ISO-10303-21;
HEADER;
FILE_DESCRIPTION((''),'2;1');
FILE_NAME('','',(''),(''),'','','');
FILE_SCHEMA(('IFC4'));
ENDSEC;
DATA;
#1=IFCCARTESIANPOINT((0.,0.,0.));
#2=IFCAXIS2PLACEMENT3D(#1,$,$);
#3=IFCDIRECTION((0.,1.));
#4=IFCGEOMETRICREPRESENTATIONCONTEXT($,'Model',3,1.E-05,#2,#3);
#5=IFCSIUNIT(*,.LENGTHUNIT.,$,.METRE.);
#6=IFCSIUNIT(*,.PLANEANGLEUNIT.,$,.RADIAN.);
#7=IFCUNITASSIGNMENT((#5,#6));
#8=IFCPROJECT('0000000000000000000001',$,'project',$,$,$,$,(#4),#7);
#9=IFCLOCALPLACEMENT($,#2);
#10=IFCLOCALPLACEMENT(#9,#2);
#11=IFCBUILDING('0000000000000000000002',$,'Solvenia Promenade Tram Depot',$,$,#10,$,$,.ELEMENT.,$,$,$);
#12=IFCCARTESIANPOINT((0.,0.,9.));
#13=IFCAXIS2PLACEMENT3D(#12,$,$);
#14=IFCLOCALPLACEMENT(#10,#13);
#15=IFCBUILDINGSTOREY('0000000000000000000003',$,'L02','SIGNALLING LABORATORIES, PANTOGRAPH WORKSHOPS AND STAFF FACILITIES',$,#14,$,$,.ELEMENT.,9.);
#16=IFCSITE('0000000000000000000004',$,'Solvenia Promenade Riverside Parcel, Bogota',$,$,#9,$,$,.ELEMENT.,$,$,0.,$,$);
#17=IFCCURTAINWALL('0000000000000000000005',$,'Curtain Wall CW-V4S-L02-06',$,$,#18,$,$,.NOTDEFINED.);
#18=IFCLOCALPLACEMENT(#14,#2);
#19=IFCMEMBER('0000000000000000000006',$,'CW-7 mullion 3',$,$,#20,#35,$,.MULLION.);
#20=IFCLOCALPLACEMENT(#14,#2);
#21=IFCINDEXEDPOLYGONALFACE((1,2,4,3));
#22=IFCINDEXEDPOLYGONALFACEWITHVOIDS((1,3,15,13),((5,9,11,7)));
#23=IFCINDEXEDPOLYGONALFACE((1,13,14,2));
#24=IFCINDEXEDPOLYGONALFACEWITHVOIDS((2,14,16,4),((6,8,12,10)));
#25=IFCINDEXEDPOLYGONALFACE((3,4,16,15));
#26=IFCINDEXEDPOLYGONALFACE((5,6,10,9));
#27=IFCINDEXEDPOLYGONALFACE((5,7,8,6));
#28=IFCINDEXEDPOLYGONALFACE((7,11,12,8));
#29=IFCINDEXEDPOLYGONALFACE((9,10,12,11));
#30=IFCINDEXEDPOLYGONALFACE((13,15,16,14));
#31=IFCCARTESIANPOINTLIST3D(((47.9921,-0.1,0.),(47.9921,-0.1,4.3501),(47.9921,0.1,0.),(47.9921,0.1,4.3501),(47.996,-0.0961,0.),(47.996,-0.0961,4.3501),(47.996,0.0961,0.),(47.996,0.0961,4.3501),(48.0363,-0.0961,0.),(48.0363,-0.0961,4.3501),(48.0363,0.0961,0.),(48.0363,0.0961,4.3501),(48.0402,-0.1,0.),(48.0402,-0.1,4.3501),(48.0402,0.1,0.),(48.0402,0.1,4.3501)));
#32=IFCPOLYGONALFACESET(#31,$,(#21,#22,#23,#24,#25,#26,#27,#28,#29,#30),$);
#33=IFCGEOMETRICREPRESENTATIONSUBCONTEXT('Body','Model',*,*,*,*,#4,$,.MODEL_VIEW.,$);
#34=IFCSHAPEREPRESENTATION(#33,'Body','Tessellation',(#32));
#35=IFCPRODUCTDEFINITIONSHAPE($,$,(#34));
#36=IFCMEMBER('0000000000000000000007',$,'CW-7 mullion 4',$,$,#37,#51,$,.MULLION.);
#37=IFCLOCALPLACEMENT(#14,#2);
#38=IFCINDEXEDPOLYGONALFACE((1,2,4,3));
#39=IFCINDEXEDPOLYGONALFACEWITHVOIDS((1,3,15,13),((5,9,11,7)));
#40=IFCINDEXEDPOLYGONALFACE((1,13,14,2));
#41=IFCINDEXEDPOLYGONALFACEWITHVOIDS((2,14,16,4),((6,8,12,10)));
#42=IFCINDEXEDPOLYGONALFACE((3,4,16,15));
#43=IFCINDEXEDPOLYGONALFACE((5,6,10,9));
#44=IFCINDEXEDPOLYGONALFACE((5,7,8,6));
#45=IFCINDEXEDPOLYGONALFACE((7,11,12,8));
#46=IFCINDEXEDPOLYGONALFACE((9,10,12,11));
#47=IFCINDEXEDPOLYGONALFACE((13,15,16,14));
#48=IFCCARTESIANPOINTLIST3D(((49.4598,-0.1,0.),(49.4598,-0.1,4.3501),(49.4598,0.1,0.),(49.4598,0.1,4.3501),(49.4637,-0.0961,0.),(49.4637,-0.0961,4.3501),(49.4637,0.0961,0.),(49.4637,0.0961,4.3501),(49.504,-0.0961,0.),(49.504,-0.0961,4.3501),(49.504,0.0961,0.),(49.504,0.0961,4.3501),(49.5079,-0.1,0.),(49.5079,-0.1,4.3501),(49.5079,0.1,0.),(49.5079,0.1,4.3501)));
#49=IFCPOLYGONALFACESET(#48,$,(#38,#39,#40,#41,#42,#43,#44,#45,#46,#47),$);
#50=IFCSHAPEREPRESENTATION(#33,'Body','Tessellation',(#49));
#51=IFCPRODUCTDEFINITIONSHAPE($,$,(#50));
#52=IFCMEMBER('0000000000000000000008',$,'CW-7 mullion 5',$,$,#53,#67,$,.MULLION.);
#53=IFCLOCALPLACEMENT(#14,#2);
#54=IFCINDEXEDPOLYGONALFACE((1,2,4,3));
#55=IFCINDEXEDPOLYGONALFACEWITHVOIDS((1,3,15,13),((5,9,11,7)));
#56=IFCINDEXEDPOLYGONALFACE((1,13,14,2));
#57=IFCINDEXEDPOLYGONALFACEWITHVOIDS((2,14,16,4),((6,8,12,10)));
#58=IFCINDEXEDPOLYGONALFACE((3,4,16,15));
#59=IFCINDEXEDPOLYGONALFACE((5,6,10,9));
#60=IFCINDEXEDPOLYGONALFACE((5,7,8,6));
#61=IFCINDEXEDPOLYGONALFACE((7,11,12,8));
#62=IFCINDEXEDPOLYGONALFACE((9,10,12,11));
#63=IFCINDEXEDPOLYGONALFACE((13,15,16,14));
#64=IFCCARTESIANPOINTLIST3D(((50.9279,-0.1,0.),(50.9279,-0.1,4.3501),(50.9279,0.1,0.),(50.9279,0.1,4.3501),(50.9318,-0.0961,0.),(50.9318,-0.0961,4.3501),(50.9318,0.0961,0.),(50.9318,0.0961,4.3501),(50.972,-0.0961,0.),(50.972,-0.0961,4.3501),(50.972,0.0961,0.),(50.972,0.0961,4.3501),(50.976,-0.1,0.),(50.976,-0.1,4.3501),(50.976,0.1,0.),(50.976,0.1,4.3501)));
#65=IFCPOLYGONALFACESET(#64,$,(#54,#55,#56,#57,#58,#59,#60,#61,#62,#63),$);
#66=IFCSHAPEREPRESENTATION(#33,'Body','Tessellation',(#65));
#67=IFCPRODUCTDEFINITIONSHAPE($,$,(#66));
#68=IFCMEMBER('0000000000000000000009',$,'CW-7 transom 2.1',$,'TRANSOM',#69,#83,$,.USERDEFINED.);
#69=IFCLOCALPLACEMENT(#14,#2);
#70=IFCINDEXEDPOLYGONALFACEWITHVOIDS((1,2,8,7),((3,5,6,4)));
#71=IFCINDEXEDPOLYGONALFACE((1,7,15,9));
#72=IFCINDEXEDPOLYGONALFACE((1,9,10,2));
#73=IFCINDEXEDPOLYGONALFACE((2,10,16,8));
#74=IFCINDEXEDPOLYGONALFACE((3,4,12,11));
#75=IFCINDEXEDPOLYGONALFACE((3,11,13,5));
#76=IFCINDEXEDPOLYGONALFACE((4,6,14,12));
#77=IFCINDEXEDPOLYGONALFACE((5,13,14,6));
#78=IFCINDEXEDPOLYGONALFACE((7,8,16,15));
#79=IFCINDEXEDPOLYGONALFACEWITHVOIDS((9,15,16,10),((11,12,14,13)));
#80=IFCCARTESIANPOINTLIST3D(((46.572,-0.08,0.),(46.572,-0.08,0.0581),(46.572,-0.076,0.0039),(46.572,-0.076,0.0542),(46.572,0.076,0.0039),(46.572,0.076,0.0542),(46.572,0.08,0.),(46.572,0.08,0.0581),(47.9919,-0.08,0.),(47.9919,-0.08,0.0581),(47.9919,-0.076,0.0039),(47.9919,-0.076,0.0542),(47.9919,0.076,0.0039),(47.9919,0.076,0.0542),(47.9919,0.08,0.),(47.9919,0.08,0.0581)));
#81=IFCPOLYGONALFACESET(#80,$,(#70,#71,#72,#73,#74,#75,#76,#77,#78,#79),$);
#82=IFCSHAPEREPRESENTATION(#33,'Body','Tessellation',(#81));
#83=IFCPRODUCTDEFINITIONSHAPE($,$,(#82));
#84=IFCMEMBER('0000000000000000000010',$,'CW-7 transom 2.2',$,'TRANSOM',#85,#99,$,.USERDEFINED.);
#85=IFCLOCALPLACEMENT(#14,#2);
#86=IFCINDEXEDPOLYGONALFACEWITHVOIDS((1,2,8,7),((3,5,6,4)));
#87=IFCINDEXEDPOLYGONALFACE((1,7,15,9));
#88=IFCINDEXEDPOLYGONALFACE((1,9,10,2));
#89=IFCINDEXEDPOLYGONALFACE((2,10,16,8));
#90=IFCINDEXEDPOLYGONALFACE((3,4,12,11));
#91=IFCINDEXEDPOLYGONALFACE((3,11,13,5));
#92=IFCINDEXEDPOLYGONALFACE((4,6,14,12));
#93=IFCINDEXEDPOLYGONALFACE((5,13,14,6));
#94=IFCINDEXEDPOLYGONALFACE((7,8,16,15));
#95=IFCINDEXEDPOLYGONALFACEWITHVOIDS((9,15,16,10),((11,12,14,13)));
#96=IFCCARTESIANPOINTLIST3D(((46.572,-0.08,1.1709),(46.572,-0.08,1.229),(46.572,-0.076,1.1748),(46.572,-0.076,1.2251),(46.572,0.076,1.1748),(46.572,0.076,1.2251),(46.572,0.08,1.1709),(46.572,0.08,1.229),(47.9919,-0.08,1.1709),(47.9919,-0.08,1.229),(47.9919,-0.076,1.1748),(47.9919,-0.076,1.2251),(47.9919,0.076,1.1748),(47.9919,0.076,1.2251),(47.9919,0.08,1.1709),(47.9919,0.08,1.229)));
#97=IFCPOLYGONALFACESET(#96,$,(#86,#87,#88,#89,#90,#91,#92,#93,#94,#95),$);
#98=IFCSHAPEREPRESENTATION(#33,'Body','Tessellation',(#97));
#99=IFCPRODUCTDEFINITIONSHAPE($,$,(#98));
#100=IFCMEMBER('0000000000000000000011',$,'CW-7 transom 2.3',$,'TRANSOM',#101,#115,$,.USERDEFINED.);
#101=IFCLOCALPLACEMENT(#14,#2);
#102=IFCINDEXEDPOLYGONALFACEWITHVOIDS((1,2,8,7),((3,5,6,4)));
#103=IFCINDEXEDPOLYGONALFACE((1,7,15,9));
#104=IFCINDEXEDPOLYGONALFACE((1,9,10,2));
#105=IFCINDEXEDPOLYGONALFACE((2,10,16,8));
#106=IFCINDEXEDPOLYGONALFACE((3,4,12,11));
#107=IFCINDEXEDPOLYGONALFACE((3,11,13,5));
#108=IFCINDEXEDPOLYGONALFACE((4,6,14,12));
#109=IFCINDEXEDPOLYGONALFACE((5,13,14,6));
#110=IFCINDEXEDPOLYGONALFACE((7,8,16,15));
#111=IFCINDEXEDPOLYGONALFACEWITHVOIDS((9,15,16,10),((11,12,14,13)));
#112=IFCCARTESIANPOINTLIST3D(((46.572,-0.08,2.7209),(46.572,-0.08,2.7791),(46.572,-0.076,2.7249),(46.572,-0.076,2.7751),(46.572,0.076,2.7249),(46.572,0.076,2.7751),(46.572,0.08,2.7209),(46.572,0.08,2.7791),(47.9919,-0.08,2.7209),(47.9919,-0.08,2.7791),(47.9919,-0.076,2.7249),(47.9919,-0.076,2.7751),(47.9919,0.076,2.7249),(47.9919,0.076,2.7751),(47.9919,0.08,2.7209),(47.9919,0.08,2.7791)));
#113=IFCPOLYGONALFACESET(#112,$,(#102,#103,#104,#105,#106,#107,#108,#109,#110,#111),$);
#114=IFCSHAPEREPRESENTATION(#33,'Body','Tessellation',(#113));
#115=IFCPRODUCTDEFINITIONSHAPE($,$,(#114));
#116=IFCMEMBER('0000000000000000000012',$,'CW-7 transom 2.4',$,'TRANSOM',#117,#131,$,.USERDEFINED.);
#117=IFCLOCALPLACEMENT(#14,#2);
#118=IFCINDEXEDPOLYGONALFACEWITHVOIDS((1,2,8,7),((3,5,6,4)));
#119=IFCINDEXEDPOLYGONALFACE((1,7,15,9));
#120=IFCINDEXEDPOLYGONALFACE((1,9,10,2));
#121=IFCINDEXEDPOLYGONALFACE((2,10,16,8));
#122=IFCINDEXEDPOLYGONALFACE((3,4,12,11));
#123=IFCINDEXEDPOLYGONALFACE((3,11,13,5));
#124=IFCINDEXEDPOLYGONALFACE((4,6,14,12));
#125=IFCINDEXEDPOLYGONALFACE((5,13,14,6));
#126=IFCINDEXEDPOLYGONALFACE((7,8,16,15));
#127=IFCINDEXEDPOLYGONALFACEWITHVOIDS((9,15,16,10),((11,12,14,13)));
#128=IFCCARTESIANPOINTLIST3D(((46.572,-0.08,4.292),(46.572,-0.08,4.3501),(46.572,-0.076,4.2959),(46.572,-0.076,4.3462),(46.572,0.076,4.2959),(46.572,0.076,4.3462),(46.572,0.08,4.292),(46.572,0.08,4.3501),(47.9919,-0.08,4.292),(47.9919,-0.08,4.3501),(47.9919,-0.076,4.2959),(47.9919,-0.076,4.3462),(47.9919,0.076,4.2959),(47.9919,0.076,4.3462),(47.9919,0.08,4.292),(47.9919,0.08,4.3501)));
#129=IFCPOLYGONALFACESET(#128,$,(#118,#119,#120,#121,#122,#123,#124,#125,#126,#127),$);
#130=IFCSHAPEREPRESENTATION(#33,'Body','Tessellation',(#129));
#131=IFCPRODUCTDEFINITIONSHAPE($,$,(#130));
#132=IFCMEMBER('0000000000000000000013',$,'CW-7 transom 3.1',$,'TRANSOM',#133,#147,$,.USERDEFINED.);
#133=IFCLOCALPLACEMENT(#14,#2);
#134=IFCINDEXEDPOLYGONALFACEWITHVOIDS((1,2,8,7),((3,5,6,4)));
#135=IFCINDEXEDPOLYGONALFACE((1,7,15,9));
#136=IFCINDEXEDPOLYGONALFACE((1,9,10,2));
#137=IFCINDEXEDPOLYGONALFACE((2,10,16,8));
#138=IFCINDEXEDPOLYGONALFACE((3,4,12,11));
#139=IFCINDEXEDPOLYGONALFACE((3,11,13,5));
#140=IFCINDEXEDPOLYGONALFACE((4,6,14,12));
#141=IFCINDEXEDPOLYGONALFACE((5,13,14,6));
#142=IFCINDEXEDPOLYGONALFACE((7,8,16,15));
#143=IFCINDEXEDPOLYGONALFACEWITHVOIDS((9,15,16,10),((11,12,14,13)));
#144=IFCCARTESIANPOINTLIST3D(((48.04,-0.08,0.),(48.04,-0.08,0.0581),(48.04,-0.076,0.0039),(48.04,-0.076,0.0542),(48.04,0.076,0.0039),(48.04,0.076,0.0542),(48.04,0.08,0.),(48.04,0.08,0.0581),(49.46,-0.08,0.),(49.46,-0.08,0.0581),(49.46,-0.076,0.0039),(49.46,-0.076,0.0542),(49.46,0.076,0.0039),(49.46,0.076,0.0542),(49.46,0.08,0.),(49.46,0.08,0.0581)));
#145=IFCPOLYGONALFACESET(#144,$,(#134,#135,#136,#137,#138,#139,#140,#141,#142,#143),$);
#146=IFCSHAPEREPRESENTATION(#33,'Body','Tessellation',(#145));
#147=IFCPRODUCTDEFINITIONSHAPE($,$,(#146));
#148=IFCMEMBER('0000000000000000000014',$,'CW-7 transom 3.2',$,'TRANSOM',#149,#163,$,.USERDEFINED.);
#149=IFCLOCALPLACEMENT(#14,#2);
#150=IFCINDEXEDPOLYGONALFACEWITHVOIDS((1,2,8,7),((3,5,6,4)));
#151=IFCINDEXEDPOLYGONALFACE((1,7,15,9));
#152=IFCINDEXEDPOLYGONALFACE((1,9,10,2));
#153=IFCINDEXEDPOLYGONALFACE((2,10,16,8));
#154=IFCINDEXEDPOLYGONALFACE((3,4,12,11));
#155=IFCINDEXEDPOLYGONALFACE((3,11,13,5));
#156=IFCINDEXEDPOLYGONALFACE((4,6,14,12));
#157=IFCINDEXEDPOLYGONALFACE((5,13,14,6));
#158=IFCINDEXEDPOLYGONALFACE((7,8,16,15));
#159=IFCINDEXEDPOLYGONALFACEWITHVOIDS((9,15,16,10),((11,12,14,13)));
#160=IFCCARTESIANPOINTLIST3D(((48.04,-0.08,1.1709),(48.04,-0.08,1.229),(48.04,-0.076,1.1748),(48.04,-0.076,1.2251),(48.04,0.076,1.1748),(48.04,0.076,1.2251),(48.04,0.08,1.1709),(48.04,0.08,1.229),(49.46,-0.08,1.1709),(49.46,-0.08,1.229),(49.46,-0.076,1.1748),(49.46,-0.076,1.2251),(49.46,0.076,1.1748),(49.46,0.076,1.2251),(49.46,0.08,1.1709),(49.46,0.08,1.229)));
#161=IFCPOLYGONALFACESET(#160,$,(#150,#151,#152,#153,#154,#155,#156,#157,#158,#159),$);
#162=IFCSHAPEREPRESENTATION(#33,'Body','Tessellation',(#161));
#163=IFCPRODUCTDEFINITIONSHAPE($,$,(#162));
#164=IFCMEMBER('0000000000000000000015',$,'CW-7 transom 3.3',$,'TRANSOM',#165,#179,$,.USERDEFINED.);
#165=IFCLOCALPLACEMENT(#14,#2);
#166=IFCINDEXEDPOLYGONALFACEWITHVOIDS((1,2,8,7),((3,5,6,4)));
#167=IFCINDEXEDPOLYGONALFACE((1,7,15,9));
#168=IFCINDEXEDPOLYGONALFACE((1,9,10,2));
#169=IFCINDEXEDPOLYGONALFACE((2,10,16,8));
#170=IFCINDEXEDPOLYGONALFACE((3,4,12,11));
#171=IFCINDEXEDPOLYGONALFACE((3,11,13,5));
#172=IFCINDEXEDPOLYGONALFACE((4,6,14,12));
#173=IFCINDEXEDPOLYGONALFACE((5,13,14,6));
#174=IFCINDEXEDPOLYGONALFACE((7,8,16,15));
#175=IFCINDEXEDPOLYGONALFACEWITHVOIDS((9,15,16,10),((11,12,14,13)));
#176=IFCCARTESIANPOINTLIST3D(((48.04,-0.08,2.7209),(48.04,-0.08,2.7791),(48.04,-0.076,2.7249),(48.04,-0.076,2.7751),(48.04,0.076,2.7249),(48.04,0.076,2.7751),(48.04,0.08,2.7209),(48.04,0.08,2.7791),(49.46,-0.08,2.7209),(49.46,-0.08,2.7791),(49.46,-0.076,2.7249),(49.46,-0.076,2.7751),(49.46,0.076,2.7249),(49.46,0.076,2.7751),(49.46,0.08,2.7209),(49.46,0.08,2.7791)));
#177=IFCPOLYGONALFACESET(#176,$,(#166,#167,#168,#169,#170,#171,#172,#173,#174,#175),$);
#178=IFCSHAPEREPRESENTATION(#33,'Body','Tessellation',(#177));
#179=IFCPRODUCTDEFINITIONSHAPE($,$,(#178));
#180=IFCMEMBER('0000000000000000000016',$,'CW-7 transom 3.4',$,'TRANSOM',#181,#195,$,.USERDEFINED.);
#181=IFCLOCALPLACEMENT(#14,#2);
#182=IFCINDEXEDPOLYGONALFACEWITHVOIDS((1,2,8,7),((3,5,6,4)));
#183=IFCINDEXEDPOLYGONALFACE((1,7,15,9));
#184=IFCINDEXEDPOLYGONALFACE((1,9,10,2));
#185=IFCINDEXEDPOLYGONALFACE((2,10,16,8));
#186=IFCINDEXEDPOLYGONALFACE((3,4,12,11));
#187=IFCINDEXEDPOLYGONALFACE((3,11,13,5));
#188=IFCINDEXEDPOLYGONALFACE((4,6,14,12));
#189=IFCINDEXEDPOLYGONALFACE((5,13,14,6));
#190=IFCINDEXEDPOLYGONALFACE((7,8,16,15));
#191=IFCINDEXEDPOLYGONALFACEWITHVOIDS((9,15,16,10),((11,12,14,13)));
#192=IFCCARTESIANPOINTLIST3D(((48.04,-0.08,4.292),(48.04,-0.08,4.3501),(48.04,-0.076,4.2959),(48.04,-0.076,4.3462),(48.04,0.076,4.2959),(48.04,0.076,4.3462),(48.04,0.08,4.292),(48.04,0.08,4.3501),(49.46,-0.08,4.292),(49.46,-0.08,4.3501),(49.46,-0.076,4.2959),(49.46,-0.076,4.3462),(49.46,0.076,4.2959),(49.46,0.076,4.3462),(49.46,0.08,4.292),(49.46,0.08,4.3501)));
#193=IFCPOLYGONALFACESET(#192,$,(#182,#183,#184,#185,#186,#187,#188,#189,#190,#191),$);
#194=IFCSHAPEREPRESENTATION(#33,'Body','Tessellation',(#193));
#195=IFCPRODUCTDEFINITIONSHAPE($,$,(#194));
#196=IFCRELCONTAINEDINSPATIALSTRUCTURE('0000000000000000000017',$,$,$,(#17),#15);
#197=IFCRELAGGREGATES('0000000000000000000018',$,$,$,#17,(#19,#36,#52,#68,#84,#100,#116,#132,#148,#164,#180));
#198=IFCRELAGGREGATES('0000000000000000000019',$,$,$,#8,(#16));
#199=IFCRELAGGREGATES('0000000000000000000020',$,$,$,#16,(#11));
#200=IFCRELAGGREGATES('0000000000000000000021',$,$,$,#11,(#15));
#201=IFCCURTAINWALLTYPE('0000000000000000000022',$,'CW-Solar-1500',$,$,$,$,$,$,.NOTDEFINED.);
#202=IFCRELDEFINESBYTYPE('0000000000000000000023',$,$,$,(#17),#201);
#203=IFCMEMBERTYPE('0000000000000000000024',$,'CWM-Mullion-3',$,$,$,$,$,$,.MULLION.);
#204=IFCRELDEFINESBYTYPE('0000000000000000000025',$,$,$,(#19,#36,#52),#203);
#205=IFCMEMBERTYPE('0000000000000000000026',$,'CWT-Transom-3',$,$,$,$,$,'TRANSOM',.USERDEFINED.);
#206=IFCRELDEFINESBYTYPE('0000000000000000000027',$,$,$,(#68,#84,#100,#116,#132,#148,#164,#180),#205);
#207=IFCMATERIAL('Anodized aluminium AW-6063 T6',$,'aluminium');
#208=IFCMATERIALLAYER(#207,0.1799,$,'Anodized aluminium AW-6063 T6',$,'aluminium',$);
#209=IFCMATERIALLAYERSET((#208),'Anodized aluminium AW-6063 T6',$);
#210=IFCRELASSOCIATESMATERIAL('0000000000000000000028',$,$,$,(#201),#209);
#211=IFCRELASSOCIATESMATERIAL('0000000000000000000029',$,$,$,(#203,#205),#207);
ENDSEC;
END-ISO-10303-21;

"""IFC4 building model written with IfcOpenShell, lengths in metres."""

from ifc_helpers import new_model, si_unit, direction, frame, origin, origin_2d, place, context, subcontext, project, spatial, hollow_rectangle, extrude, material, layer, layer_set, material_profile, profile_set, type_object, element, aggregate, save


model = new_model("IFC4")

# Units and contexts
model_context = context("Model", 3, precision=1e-05, world=origin(), true_north=direction((0.0, 1.0)))
body_context = subcontext(model_context, "Body", "Model", "MODEL_VIEW")
ifc_project = project(units=[si_unit("LENGTHUNIT", "METRE"), si_unit("PLANEANGLEUNIT", "RADIAN")], contexts=[model_context])

# Site, building, storey
site_placement = place(None, origin())
site = spatial("IfcSite", under=ifc_project, at=site_placement, Name="Solvenia Promenade Riverside Parcel, Bogota", CompositionType="ELEMENT", RefElevation=0.0)
building_placement = place(site_placement, origin())
building = spatial("IfcBuilding", under=site, at=building_placement, Name="Solvenia Promenade Tram Depot", CompositionType="ELEMENT")
storey_placement = place(building_placement, frame((0.0, 0.0, 9.0)))
storey = spatial("IfcBuildingStorey", under=building, at=storey_placement, Name="L02", Description="SIGNALLING LABORATORIES, PANTOGRAPH WORKSHOPS AND STAFF FACILITIES", CompositionType="ELEMENT", Elevation=9.0)

# Curtain wall, members
ifc_material_1 = material(Name="Anodized aluminium AW-6063 T6", Category="aluminium")
ifc_layer_1 = layer(ifc_material_1, 0.1799, Name="Anodized aluminium AW-6063 T6", Category="aluminium")
ifc_layer_set_1 = layer_set([ifc_layer_1], Name="Anodized aluminium AW-6063 T6")
curtain_wall_type = type_object("IfcCurtainWallType", Name="CW-Solar-1500", PredefinedType="NOTDEFINED", material=ifc_layer_set_1)
curtain_wall_placement = place(storey_placement, origin())
curtain_wall = element("IfcCurtainWall", 1, at=curtain_wall_placement, inside=storey, type_object=curtain_wall_type, Name="Curtain Wall CW-V4S-L02-06", PredefinedType="NOTDEFINED")
ifc_material_profile_1 = material_profile(ifc_material_1, hollow_rectangle(XDim=0.2, YDim=0.0481, WallThickness=0.0039, at=origin_2d()), Name="ALU-M3", Category="aluminium")
ifc_profile_set_1 = profile_set([ifc_material_profile_1], Name="Anodized aluminium AW-6063 T6")
member_type_1 = type_object("IfcMemberType", Name="CWM-Mullion-3", PredefinedType="MULLION", material=ifc_profile_set_1)
member_1_placement = place(storey_placement, frame((48.0161, 0.0, 0.0), z_axis=(0.0, 0.0, 1.0), x_axis=(0.0, 1.0, 0.0)))
member_1 = element("IfcMember", 2, at=member_1_placement, type_object=member_type_1, Name="CW-7 mullion 3", PredefinedType="MULLION", context=body_context, shape_type="SweptSolid", body=[
    extrude(hollow_rectangle(XDim=0.2, YDim=0.0481, WallThickness=0.0039, at=origin_2d()), origin(), (0.0, 0.0, 1.0), 4.3501),
])
member_2_placement = place(storey_placement, frame((49.4839, 0.0, 0.0), z_axis=(0.0, 0.0, 1.0), x_axis=(0.0, 1.0, 0.0)))
member_2 = element("IfcMember", 3, at=member_2_placement, type_object=member_type_1, Name="CW-7 mullion 4", PredefinedType="MULLION", context=body_context, shape_type="SweptSolid", body=[
    extrude(hollow_rectangle(XDim=0.2, YDim=0.0481, WallThickness=0.0039, at=origin_2d()), origin(), (0.0, 0.0, 1.0), 4.3501),
])
member_3_placement = place(storey_placement, frame((50.9519, 0.0, 0.0), z_axis=(0.0, 0.0, 1.0), x_axis=(0.0, 1.0, 0.0)))
member_3 = element("IfcMember", 4, at=member_3_placement, type_object=member_type_1, Name="CW-7 mullion 5", PredefinedType="MULLION", context=body_context, shape_type="SweptSolid", body=[
    extrude(hollow_rectangle(XDim=0.2, YDim=0.0481, WallThickness=0.0039, at=origin_2d()), origin(), (0.0, 0.0, 1.0), 4.3501),
])
ifc_material_profile_2 = material_profile(ifc_material_1, hollow_rectangle(XDim=0.1599, YDim=0.0581, WallThickness=0.0039, at=origin_2d()), Name="ALU-T3", Category="aluminium")
ifc_profile_set_2 = profile_set([ifc_material_profile_2], Name="Anodized aluminium AW-6063 T6")
member_type_2 = type_object("IfcMemberType", Name="CWT-Transom-3", ElementType="TRANSOM", PredefinedType="USERDEFINED", material=ifc_profile_set_2)
member_4_placement = place(storey_placement, frame((46.572, 0.0, 0.0291), z_axis=(1.0, 0.0, 0.0), x_axis=(0.0, 1.0, 0.0)))
member_4 = element("IfcMember", 5, at=member_4_placement, type_object=member_type_2, Name="CW-7 transom 2.1", ObjectType="TRANSOM", PredefinedType="USERDEFINED", context=body_context, shape_type="SweptSolid", body=[
    extrude(hollow_rectangle(XDim=0.1599, YDim=0.0581, WallThickness=0.0039, at=origin_2d()), origin(), (0.0, 0.0, 1.0), 1.4199),
])
member_5_placement = place(storey_placement, frame((46.572, 0.0, 1.2), z_axis=(1.0, 0.0, 0.0), x_axis=(0.0, 1.0, 0.0)))
member_5 = element("IfcMember", 6, at=member_5_placement, type_object=member_type_2, Name="CW-7 transom 2.2", ObjectType="TRANSOM", PredefinedType="USERDEFINED", context=body_context, shape_type="SweptSolid", body=[
    extrude(hollow_rectangle(XDim=0.1599, YDim=0.0581, WallThickness=0.0039, at=origin_2d()), origin(), (0.0, 0.0, 1.0), 1.4199),
])
member_6_placement = place(storey_placement, frame((46.572, 0.0, 2.75), z_axis=(1.0, 0.0, 0.0), x_axis=(0.0, 1.0, 0.0)))
member_6 = element("IfcMember", 7, at=member_6_placement, type_object=member_type_2, Name="CW-7 transom 2.3", ObjectType="TRANSOM", PredefinedType="USERDEFINED", context=body_context, shape_type="SweptSolid", body=[
    extrude(hollow_rectangle(XDim=0.1599, YDim=0.0581, WallThickness=0.0039, at=origin_2d()), origin(), (0.0, 0.0, 1.0), 1.4199),
])
member_7_placement = place(storey_placement, frame((46.572, 0.0, 4.321), z_axis=(1.0, 0.0, 0.0), x_axis=(0.0, 1.0, 0.0)))
member_7 = element("IfcMember", 8, at=member_7_placement, type_object=member_type_2, Name="CW-7 transom 2.4", ObjectType="TRANSOM", PredefinedType="USERDEFINED", context=body_context, shape_type="SweptSolid", body=[
    extrude(hollow_rectangle(XDim=0.1599, YDim=0.0581, WallThickness=0.0039, at=origin_2d()), origin(), (0.0, 0.0, 1.0), 1.4199),
])
member_8_placement = place(storey_placement, frame((48.04, 0.0, 0.0291), z_axis=(1.0, 0.0, 0.0), x_axis=(0.0, 1.0, 0.0)))
member_8 = element("IfcMember", 9, at=member_8_placement, type_object=member_type_2, Name="CW-7 transom 3.1", ObjectType="TRANSOM", PredefinedType="USERDEFINED", context=body_context, shape_type="SweptSolid", body=[
    extrude(hollow_rectangle(XDim=0.1599, YDim=0.0581, WallThickness=0.0039, at=origin_2d()), origin(), (0.0, 0.0, 1.0), 1.4199),
])
member_9_placement = place(storey_placement, frame((48.04, 0.0, 1.2), z_axis=(1.0, 0.0, 0.0), x_axis=(0.0, 1.0, 0.0)))
member_9 = element("IfcMember", 10, at=member_9_placement, type_object=member_type_2, Name="CW-7 transom 3.2", ObjectType="TRANSOM", PredefinedType="USERDEFINED", context=body_context, shape_type="SweptSolid", body=[
    extrude(hollow_rectangle(XDim=0.1599, YDim=0.0581, WallThickness=0.0039, at=origin_2d()), origin(), (0.0, 0.0, 1.0), 1.4199),
])
member_10_placement = place(storey_placement, frame((48.04, 0.0, 2.75), z_axis=(1.0, 0.0, 0.0), x_axis=(0.0, 1.0, 0.0)))
member_10 = element("IfcMember", 11, at=member_10_placement, type_object=member_type_2, Name="CW-7 transom 3.3", ObjectType="TRANSOM", PredefinedType="USERDEFINED", context=body_context, shape_type="SweptSolid", body=[
    extrude(hollow_rectangle(XDim=0.1599, YDim=0.0581, WallThickness=0.0039, at=origin_2d()), origin(), (0.0, 0.0, 1.0), 1.4199),
])
member_11_placement = place(storey_placement, frame((48.04, 0.0, 4.321), z_axis=(1.0, 0.0, 0.0), x_axis=(0.0, 1.0, 0.0)))
member_11 = element("IfcMember", 12, at=member_11_placement, type_object=member_type_2, Name="CW-7 transom 3.4", ObjectType="TRANSOM", PredefinedType="USERDEFINED", context=body_context, shape_type="SweptSolid", body=[
    extrude(hollow_rectangle(XDim=0.1599, YDim=0.0581, WallThickness=0.0039, at=origin_2d()), origin(), (0.0, 0.0, 1.0), 1.4199),
])
aggregate(curtain_wall, [member_1, member_2, member_3, member_4, member_5, member_6, member_7, member_8, member_9, member_10, member_11])

save(model, "model.ifc")
